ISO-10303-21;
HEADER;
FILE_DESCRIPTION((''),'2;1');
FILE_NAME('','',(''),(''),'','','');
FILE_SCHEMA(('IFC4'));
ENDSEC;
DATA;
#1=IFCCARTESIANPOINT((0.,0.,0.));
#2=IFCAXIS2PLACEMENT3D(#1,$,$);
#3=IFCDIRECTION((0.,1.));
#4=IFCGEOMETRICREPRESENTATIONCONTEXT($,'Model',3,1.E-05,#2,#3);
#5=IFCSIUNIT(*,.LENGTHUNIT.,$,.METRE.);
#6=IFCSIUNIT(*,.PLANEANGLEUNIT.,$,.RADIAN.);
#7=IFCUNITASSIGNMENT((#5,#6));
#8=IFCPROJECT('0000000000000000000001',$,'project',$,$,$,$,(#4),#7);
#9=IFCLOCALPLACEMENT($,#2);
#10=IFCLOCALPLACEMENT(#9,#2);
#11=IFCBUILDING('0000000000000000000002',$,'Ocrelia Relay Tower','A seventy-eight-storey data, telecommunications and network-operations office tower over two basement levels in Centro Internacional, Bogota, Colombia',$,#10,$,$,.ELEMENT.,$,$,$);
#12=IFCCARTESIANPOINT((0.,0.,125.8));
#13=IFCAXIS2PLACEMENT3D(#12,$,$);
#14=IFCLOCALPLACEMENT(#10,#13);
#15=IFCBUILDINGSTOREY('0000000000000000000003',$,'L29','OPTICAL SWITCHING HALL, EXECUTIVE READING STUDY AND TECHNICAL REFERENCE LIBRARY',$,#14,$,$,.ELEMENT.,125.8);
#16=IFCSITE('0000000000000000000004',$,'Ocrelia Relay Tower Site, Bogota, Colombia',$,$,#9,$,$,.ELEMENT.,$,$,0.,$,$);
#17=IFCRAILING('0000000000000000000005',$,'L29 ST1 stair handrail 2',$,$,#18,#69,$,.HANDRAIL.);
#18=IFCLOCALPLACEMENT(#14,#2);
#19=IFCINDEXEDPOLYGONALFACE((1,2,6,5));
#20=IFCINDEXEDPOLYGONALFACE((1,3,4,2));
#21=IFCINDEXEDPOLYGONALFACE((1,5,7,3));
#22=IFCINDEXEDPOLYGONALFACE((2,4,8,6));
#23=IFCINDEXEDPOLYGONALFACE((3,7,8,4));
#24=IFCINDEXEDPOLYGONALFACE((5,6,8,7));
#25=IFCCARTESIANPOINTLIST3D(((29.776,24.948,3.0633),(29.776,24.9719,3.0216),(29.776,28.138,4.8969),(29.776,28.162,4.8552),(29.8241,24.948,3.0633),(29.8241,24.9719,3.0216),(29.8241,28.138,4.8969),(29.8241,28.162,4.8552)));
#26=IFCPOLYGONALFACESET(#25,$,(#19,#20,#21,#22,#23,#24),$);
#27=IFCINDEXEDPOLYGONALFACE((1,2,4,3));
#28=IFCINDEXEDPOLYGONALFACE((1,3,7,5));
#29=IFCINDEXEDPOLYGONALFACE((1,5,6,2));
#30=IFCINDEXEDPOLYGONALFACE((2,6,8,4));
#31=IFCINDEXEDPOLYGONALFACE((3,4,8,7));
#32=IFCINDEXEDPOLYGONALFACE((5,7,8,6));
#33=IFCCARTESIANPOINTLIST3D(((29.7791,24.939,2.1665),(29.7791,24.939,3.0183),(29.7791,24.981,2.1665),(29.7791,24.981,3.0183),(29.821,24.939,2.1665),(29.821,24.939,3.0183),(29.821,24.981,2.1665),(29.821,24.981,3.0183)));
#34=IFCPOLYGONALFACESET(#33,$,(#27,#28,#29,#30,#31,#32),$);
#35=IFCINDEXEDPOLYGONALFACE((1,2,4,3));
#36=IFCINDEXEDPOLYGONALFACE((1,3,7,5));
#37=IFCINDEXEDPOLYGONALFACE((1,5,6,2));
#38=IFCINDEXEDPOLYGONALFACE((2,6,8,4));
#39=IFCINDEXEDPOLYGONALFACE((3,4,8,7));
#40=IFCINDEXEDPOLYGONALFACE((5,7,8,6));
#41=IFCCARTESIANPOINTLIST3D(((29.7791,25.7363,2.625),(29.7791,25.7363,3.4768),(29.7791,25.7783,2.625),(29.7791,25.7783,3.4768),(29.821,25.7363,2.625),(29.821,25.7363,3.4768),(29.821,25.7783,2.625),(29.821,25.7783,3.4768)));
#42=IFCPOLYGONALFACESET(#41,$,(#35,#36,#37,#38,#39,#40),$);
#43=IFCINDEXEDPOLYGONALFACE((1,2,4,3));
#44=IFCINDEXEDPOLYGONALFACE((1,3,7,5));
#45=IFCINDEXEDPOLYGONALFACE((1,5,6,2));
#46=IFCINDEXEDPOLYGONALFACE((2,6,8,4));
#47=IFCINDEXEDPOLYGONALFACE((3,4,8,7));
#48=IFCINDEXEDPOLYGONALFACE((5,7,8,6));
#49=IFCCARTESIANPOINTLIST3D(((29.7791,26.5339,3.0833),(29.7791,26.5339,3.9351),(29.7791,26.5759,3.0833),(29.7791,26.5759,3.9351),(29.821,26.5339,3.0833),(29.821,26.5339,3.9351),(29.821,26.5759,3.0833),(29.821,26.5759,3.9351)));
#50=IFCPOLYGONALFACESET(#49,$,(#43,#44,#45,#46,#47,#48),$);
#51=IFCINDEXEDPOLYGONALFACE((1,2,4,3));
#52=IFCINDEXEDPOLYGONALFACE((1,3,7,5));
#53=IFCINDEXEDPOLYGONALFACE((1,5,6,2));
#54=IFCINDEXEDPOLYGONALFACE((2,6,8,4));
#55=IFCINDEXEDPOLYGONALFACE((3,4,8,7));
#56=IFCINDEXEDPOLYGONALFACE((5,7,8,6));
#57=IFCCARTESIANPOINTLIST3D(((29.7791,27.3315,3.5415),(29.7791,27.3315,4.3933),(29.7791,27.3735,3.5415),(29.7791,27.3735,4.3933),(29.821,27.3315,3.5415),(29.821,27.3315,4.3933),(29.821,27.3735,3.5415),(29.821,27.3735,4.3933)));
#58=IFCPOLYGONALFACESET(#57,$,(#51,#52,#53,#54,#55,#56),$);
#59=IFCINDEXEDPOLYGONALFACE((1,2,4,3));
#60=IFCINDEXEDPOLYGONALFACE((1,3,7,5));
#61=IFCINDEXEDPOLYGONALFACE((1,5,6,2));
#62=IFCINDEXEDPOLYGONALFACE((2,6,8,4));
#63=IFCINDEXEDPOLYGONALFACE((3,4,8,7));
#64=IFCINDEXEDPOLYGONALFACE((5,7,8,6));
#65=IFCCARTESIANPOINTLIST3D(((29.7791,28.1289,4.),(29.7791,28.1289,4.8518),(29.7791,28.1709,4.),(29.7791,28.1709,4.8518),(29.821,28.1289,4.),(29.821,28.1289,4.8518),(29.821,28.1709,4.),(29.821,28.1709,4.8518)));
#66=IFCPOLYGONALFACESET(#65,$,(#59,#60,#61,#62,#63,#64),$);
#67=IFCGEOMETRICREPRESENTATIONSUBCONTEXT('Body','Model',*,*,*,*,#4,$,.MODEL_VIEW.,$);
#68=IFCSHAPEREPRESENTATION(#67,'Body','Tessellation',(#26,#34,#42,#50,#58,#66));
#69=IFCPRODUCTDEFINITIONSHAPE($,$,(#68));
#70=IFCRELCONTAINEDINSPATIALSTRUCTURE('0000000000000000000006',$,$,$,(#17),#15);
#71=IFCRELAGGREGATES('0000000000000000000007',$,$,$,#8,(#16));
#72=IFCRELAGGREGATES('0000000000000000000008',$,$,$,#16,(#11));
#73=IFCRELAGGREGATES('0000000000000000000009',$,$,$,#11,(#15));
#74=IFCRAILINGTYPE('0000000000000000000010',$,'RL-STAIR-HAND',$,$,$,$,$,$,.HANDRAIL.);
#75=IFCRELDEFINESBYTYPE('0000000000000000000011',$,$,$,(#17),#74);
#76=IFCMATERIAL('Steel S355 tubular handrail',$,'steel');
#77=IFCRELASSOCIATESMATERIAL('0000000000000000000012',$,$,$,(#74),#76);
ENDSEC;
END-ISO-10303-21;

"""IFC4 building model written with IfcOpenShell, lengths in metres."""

from ifc_helpers import new_model, si_unit, direction, frame, origin, origin_2d, place, context, subcontext, project, spatial, rectangle, extrude, material, type_object, element, save


model = new_model("IFC4")

# Units and contexts
model_context = context("Model", 3, precision=1e-05, world=origin(), true_north=direction((0.0, 1.0)))
body_context = subcontext(model_context, "Body", "Model", "MODEL_VIEW")
ifc_project = project(units=[si_unit("LENGTHUNIT", "METRE"), si_unit("PLANEANGLEUNIT", "RADIAN")], contexts=[model_context])

# Site, building, storey
site_placement = place(None, origin())
site = spatial("IfcSite", under=ifc_project, at=site_placement, Name="Ocrelia Relay Tower Site, Bogota, Colombia", CompositionType="ELEMENT", RefElevation=0.0)
building_placement = place(site_placement, origin())
building = spatial("IfcBuilding", under=site, at=building_placement, Name="Ocrelia Relay Tower", Description="A seventy-eight-storey data, telecommunications and network-operations office tower over two basement levels in Centro Internacional, Bogota, Colombia", CompositionType="ELEMENT")
storey_placement = place(building_placement, frame((0.0, 0.0, 125.8)))
storey = spatial("IfcBuildingStorey", under=building, at=storey_placement, Name="L29", Description="OPTICAL SWITCHING HALL, EXECUTIVE READING STUDY AND TECHNICAL REFERENCE LIBRARY", CompositionType="ELEMENT", Elevation=125.8)

# Railing
ifc_material_1 = material(Name="Steel S355 tubular handrail", Category="steel")
railing_type_1 = type_object("IfcRailingType", Name="RL-STAIR-HAND", PredefinedType="HANDRAIL", material=ifc_material_1)
railing_1_placement = place(storey_placement, frame((29.8, 24.96, 2.1665)))
element("IfcRailing", 1, at=railing_1_placement, inside=storey, type_object=railing_type_1, Name="L29 ST1 stair handrail 2", PredefinedType="HANDRAIL", context=body_context, shape_type="SweptSolid", body=[
    extrude(rectangle(XDim=0.0481, YDim=0.0481, at=origin_2d()), frame((0.0, 0.0, 0.876), z_axis=(0.0, 0.866991, 0.498324), x_axis=(-1.0, 0.0, 0.0)), (0.0, 0.0, 1.0), 3.6794),
    extrude(rectangle(XDim=0.042, YDim=0.042, at=origin_2d()), origin(), (0.0, 0.0, 1.0), 0.8518),
    extrude(rectangle(XDim=0.042, YDim=0.042, at=origin_2d()), frame((0.0, 0.7974, 0.4585)), (0.0, 0.0, 1.0), 0.8518),
    extrude(rectangle(XDim=0.042, YDim=0.042, at=origin_2d()), frame((0.0, 1.595, 0.9167)), (0.0, 0.0, 1.0), 0.8518),
    extrude(rectangle(XDim=0.042, YDim=0.042, at=origin_2d()), frame((0.0, 2.3926, 1.375)), (0.0, 0.0, 1.0), 0.8518),
    extrude(rectangle(XDim=0.042, YDim=0.042, at=origin_2d()), frame((0.0, 3.1899, 1.8335)), (0.0, 0.0, 1.0), 0.8518),
])

save(model, "model.ifc")
